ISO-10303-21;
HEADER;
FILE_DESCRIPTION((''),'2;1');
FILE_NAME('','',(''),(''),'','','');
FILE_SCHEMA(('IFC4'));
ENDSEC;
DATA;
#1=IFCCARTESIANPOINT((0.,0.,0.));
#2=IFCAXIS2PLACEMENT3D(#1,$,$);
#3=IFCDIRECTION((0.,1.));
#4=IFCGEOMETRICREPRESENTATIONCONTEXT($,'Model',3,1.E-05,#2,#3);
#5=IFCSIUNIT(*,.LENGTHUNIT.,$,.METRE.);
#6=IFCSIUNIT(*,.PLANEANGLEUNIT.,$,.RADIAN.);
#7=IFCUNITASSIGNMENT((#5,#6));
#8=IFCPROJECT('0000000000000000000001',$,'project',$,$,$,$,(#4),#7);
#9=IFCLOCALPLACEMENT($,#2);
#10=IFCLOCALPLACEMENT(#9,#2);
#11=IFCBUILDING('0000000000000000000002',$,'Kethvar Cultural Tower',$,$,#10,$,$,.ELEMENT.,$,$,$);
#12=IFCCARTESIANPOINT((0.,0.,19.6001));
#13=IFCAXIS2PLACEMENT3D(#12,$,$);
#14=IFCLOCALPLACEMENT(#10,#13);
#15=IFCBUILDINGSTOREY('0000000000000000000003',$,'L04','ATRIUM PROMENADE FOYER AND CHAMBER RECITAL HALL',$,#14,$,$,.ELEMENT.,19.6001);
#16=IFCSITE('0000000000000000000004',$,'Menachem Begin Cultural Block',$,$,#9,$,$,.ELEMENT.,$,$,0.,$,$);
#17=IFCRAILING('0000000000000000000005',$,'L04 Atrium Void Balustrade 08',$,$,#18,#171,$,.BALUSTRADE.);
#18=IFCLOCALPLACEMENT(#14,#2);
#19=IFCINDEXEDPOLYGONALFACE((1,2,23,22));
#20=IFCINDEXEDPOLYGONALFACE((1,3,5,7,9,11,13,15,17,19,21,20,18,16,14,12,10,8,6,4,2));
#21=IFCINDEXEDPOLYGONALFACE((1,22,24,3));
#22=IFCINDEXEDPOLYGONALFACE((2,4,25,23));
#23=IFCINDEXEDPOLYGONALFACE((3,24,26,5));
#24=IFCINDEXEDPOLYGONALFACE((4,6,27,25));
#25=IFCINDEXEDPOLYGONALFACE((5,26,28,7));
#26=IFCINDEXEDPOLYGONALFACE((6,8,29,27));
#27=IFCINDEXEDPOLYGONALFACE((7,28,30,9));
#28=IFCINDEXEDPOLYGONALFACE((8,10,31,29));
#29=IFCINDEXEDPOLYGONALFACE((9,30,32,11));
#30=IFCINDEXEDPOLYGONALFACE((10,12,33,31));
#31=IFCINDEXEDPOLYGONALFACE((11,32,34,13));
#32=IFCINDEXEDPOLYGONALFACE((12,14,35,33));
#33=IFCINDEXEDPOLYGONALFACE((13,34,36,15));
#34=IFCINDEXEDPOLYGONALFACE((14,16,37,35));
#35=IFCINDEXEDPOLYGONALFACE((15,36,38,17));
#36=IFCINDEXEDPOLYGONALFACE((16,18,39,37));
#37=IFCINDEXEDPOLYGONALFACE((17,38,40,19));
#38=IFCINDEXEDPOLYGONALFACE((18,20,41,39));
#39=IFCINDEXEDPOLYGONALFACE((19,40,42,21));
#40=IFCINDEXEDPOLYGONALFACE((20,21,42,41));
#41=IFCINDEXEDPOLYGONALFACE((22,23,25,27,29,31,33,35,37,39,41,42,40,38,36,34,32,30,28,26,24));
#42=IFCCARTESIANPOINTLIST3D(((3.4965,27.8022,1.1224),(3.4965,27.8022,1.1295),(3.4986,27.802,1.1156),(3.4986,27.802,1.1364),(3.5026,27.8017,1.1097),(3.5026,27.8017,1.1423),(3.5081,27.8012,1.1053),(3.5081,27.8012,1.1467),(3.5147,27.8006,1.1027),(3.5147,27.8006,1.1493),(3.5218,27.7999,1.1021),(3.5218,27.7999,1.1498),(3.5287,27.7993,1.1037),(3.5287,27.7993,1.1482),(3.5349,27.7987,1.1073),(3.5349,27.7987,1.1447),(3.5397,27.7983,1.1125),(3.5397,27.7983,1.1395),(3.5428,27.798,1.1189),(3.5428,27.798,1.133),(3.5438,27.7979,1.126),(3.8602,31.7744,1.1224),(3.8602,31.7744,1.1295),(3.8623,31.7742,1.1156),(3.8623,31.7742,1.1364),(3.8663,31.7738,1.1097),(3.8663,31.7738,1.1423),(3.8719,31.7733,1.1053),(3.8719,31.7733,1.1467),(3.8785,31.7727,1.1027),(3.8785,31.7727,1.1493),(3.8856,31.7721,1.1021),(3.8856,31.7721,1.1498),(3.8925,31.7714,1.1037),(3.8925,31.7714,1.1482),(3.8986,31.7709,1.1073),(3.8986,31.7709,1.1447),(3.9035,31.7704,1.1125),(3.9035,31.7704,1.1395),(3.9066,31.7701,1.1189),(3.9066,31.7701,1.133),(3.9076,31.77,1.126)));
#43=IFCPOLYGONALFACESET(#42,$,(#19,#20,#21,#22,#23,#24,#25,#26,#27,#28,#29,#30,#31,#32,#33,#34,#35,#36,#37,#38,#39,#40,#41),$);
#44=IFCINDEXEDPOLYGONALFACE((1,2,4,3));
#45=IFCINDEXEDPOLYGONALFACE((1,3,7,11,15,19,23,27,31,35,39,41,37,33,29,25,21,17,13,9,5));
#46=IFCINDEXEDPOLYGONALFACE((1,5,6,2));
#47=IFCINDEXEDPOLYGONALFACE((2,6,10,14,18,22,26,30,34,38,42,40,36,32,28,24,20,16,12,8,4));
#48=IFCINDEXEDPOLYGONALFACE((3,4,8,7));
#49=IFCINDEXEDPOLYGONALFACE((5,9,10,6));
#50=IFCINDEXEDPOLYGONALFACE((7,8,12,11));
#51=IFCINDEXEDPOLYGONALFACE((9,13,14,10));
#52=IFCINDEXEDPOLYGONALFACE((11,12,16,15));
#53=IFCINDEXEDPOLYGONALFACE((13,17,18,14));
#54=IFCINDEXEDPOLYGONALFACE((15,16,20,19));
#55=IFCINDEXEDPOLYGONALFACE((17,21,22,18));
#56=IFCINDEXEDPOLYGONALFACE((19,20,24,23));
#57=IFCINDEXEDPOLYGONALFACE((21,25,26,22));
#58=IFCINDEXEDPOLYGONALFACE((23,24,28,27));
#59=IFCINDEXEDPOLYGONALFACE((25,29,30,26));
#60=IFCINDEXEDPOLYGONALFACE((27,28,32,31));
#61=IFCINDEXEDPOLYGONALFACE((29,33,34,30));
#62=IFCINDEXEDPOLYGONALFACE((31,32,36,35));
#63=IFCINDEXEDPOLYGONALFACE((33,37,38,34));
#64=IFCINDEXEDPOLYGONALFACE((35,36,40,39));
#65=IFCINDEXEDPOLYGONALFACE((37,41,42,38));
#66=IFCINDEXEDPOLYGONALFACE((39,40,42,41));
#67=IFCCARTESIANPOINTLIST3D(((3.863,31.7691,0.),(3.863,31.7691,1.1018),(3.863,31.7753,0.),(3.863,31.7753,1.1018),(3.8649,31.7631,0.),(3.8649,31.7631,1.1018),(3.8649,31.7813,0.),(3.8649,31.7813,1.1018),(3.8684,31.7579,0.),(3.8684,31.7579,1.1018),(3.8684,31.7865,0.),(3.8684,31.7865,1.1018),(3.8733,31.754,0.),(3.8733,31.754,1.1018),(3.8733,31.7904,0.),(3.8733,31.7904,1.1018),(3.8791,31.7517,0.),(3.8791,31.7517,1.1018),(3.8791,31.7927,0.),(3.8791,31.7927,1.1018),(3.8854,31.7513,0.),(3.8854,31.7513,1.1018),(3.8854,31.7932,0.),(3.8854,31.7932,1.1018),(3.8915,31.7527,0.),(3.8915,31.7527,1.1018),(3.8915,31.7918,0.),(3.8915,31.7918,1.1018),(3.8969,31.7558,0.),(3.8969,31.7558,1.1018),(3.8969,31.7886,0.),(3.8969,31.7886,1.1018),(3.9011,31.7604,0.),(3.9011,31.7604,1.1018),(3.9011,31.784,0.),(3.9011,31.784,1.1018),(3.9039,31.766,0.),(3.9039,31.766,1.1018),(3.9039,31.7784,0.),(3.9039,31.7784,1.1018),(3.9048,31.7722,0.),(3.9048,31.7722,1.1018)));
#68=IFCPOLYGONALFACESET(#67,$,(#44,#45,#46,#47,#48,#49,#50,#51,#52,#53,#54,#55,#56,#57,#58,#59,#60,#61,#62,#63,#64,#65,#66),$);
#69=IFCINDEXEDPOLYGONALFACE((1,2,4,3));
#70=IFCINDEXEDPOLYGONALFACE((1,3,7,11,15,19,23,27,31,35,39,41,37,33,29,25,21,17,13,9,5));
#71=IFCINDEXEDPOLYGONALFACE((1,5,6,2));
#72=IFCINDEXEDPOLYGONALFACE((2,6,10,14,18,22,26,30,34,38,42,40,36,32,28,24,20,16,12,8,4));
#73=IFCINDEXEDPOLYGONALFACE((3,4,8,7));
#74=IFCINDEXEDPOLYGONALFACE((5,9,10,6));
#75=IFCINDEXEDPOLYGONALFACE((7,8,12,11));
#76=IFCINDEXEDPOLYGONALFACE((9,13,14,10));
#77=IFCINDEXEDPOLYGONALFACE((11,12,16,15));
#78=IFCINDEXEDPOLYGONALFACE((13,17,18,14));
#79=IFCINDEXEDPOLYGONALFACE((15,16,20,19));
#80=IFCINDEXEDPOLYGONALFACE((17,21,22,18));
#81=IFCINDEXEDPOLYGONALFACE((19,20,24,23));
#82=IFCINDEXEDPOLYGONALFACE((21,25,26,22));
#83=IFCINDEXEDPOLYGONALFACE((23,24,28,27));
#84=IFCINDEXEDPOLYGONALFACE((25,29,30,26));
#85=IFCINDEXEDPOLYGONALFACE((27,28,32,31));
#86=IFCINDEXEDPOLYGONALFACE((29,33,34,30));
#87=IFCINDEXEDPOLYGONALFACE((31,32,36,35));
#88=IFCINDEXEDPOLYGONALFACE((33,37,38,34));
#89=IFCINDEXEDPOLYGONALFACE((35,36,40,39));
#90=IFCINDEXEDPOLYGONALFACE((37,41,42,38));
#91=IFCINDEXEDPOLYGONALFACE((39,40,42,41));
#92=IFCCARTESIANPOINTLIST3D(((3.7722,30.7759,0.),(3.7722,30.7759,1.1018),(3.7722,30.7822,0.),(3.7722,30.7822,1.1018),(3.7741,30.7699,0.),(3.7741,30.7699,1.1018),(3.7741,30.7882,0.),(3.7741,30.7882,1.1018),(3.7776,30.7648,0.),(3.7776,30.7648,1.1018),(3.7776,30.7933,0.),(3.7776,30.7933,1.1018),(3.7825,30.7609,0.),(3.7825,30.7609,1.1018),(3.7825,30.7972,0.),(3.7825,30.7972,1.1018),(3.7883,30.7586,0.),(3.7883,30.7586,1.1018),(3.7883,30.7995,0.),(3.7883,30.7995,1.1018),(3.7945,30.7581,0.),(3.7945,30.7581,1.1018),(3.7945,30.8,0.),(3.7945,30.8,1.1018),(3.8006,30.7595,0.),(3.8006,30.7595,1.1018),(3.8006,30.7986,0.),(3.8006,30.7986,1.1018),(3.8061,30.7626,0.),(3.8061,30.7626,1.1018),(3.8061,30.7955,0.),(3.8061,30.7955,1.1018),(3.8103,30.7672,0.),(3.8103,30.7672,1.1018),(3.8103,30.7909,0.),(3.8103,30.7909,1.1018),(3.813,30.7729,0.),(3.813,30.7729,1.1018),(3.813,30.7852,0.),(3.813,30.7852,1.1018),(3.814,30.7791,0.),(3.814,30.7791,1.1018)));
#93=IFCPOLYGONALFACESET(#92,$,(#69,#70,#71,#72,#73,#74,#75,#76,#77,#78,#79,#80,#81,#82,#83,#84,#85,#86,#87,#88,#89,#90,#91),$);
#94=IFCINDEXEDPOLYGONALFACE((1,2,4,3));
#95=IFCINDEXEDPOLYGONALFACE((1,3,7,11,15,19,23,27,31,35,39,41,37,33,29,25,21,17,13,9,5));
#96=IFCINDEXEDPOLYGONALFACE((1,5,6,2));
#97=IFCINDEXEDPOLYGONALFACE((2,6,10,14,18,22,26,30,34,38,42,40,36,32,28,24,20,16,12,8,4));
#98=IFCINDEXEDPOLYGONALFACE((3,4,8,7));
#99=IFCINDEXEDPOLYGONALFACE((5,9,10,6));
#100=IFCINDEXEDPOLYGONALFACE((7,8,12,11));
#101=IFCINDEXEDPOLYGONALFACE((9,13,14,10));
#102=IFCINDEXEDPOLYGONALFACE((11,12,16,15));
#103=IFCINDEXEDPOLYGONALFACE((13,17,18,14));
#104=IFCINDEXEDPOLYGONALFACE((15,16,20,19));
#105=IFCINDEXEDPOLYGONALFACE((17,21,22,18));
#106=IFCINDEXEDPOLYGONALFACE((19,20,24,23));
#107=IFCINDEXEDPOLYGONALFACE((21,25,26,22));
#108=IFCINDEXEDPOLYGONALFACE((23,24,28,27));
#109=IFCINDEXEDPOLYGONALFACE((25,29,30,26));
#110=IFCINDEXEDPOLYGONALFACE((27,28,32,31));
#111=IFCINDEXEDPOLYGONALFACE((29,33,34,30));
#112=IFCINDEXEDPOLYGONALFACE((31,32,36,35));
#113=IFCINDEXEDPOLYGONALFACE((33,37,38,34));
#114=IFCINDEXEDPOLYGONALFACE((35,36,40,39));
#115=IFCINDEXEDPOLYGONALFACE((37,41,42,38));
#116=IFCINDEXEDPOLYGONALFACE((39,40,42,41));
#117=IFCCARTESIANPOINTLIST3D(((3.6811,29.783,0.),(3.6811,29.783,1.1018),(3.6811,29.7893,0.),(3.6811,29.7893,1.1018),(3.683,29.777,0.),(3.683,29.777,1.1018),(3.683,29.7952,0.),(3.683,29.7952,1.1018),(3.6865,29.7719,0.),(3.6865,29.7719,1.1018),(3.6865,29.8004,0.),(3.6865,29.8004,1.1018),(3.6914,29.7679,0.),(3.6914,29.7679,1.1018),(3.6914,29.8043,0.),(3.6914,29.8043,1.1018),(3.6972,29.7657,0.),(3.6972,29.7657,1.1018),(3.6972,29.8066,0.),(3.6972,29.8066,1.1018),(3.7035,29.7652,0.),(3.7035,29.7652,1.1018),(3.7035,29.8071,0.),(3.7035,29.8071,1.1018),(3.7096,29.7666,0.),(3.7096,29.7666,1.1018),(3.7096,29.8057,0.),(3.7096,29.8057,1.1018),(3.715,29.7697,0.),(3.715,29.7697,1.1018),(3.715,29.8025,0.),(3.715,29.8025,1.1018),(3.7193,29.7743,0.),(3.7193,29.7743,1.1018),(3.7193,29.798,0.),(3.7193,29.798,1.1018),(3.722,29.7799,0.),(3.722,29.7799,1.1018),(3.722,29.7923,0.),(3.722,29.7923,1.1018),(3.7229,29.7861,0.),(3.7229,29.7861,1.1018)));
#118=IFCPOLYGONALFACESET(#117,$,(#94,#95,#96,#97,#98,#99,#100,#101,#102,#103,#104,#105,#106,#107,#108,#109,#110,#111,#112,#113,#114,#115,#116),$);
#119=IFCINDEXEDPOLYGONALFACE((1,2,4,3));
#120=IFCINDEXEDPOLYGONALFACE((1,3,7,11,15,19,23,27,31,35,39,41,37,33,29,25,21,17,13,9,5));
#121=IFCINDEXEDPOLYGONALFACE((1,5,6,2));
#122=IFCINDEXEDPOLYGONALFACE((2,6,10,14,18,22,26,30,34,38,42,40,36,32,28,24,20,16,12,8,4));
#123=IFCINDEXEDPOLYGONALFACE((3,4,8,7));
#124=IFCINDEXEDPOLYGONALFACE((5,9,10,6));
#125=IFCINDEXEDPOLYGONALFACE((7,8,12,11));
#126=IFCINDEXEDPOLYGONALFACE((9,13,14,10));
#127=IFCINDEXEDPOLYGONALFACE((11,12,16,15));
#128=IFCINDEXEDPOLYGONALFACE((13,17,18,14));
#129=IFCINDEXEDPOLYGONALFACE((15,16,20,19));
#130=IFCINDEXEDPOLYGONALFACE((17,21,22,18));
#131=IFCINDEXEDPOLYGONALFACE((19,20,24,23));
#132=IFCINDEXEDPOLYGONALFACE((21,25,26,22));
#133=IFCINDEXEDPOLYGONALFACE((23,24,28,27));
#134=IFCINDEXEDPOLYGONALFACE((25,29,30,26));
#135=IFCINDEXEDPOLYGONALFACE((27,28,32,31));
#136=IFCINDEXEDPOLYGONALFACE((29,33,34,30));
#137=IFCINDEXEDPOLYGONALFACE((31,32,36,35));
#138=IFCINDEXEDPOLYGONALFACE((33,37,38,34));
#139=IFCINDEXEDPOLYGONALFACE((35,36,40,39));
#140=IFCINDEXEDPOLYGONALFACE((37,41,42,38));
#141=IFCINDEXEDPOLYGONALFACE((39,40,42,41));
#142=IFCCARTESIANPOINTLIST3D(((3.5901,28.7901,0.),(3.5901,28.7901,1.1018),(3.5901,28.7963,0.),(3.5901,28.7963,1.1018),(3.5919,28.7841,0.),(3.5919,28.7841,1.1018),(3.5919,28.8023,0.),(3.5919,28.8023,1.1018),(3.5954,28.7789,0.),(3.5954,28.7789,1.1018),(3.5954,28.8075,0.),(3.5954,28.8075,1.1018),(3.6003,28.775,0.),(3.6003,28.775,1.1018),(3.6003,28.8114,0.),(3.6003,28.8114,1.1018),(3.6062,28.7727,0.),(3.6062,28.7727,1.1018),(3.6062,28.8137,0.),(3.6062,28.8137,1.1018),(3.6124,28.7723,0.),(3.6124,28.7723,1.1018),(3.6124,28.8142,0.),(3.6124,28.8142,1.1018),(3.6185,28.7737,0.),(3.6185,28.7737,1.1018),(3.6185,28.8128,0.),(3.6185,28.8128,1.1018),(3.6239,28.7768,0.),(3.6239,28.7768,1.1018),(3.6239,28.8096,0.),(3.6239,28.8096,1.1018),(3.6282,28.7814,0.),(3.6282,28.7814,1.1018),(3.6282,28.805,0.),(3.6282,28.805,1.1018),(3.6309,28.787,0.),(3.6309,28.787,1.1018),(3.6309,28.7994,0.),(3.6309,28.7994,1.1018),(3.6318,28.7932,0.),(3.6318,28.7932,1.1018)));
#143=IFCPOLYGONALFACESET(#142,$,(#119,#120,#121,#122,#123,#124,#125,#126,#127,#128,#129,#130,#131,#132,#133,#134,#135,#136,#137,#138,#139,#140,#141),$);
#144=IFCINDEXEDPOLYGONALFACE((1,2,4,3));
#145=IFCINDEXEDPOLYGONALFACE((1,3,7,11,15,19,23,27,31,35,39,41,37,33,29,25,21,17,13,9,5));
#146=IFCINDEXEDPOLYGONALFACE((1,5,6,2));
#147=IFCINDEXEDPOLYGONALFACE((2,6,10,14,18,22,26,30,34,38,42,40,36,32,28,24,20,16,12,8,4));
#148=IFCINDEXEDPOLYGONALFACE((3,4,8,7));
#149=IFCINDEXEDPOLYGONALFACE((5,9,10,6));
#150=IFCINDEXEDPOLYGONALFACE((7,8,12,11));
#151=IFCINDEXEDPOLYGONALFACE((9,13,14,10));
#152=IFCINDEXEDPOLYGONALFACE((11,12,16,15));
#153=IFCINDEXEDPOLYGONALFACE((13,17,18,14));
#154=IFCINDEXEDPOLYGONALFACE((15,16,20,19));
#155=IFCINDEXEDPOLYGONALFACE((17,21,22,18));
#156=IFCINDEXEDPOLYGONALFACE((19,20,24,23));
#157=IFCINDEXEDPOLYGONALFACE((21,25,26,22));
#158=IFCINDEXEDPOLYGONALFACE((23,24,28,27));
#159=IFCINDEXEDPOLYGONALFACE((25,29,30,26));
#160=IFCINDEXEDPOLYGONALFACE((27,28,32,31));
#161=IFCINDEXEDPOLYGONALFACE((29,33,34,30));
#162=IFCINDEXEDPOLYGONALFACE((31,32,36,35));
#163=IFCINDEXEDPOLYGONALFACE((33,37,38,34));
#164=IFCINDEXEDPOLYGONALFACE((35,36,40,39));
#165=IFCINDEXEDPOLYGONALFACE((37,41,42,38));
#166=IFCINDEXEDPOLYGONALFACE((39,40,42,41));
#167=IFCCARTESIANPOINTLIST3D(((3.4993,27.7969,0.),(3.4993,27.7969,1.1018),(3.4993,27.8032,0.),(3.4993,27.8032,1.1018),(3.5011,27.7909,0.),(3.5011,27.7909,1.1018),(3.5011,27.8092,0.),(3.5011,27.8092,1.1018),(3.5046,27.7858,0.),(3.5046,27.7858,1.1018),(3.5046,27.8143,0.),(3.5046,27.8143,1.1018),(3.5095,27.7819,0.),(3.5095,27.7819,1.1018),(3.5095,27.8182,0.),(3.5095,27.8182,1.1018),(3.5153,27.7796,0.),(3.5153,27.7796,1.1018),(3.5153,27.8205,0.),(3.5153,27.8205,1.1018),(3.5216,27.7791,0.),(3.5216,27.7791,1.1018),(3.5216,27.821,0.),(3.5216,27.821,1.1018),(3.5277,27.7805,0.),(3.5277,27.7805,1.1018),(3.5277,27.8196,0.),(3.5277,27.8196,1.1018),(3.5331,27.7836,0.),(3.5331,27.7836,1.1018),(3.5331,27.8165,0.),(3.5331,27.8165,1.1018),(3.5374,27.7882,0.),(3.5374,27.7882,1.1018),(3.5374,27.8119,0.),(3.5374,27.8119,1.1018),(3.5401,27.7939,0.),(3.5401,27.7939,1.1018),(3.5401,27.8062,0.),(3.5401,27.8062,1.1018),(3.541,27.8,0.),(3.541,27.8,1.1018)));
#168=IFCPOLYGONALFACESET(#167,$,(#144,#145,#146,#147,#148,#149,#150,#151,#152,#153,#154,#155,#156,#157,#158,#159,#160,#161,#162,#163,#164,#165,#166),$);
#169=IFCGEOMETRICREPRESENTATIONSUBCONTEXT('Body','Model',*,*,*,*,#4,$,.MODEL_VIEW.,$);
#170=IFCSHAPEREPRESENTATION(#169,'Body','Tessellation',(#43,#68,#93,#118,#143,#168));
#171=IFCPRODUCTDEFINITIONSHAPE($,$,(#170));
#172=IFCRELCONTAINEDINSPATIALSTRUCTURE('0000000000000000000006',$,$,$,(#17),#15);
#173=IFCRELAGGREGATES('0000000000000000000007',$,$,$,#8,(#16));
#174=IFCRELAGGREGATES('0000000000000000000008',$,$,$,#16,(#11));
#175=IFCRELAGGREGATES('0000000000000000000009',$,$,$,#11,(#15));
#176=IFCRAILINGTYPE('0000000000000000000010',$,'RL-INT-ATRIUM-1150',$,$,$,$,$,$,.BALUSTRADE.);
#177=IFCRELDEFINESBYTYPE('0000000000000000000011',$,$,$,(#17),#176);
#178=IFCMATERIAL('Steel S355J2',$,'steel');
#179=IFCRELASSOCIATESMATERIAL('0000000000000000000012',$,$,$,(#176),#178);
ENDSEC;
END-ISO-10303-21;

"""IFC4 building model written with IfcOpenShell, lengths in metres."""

from ifc_helpers import new_model, si_unit, direction, frame, origin, origin_2d, place, context, subcontext, project, spatial, circle, extrude, material, type_object, element, save


model = new_model("IFC4")

# Units and contexts
model_context = context("Model", 3, precision=1e-05, world=origin(), true_north=direction((0.0, 1.0)))
body_context = subcontext(model_context, "Body", "Model", "MODEL_VIEW")
ifc_project = project(units=[si_unit("LENGTHUNIT", "METRE"), si_unit("PLANEANGLEUNIT", "RADIAN")], contexts=[model_context])

# Site, building, storey
site_placement = place(None, origin())
site = spatial("IfcSite", under=ifc_project, at=site_placement, Name="Menachem Begin Cultural Block", CompositionType="ELEMENT", RefElevation=0.0)
building_placement = place(site_placement, origin())
building = spatial("IfcBuilding", under=site, at=building_placement, Name="Kethvar Cultural Tower", CompositionType="ELEMENT")
storey_placement = place(building_placement, frame((0.0, 0.0, 19.6001)))
storey = spatial("IfcBuildingStorey", under=building, at=storey_placement, Name="L04", Description="ATRIUM PROMENADE FOYER AND CHAMBER RECITAL HALL", CompositionType="ELEMENT", Elevation=19.6001)

# Shared definitions
ifc_material_1 = material(Name="Steel S355J2", Category="steel")

# Railing
railing_type_1 = type_object("IfcRailingType", Name="RL-INT-ATRIUM-1150", PredefinedType="BALUSTRADE", material=ifc_material_1)
railing_1_placement = place(storey_placement, frame((3.8838, 31.7722, 0.0)))
element("IfcRailing", 1, at=railing_1_placement, inside=storey, type_object=railing_type_1, Name="L04 Atrium Void Balustrade 08", PredefinedType="BALUSTRADE", context=body_context, shape_type="SweptSolid", body=[
    extrude(circle(Radius=0.0239, at=origin_2d()), frame((0.0, 0.0, 1.126), z_axis=(-0.091198, -0.995833, 0.0), x_axis=(0.995833, -0.091198, 0.0)), (0.0, 0.0, 1.0), 3.9888),
    extrude(circle(Radius=0.021, at=origin_2d()), origin(), (0.0, 0.0, 1.0), 1.1018),
    extrude(circle(Radius=0.021, at=origin_2d()), frame((-0.0908, -0.9932, 0.0)), (0.0, 0.0, 1.0), 1.1018),
    extrude(circle(Radius=0.021, at=origin_2d()), frame((-0.1819, -1.9861, 0.0)), (0.0, 0.0, 1.0), 1.1018),
    extrude(circle(Radius=0.021, at=origin_2d()), frame((-0.2729, -2.979, 0.0)), (0.0, 0.0, 1.0), 1.1018),
    extrude(circle(Radius=0.021, at=origin_2d()), frame((-0.3638, -3.9722, 0.0)), (0.0, 0.0, 1.0), 1.1018),
])

save(model, "model.ifc")
